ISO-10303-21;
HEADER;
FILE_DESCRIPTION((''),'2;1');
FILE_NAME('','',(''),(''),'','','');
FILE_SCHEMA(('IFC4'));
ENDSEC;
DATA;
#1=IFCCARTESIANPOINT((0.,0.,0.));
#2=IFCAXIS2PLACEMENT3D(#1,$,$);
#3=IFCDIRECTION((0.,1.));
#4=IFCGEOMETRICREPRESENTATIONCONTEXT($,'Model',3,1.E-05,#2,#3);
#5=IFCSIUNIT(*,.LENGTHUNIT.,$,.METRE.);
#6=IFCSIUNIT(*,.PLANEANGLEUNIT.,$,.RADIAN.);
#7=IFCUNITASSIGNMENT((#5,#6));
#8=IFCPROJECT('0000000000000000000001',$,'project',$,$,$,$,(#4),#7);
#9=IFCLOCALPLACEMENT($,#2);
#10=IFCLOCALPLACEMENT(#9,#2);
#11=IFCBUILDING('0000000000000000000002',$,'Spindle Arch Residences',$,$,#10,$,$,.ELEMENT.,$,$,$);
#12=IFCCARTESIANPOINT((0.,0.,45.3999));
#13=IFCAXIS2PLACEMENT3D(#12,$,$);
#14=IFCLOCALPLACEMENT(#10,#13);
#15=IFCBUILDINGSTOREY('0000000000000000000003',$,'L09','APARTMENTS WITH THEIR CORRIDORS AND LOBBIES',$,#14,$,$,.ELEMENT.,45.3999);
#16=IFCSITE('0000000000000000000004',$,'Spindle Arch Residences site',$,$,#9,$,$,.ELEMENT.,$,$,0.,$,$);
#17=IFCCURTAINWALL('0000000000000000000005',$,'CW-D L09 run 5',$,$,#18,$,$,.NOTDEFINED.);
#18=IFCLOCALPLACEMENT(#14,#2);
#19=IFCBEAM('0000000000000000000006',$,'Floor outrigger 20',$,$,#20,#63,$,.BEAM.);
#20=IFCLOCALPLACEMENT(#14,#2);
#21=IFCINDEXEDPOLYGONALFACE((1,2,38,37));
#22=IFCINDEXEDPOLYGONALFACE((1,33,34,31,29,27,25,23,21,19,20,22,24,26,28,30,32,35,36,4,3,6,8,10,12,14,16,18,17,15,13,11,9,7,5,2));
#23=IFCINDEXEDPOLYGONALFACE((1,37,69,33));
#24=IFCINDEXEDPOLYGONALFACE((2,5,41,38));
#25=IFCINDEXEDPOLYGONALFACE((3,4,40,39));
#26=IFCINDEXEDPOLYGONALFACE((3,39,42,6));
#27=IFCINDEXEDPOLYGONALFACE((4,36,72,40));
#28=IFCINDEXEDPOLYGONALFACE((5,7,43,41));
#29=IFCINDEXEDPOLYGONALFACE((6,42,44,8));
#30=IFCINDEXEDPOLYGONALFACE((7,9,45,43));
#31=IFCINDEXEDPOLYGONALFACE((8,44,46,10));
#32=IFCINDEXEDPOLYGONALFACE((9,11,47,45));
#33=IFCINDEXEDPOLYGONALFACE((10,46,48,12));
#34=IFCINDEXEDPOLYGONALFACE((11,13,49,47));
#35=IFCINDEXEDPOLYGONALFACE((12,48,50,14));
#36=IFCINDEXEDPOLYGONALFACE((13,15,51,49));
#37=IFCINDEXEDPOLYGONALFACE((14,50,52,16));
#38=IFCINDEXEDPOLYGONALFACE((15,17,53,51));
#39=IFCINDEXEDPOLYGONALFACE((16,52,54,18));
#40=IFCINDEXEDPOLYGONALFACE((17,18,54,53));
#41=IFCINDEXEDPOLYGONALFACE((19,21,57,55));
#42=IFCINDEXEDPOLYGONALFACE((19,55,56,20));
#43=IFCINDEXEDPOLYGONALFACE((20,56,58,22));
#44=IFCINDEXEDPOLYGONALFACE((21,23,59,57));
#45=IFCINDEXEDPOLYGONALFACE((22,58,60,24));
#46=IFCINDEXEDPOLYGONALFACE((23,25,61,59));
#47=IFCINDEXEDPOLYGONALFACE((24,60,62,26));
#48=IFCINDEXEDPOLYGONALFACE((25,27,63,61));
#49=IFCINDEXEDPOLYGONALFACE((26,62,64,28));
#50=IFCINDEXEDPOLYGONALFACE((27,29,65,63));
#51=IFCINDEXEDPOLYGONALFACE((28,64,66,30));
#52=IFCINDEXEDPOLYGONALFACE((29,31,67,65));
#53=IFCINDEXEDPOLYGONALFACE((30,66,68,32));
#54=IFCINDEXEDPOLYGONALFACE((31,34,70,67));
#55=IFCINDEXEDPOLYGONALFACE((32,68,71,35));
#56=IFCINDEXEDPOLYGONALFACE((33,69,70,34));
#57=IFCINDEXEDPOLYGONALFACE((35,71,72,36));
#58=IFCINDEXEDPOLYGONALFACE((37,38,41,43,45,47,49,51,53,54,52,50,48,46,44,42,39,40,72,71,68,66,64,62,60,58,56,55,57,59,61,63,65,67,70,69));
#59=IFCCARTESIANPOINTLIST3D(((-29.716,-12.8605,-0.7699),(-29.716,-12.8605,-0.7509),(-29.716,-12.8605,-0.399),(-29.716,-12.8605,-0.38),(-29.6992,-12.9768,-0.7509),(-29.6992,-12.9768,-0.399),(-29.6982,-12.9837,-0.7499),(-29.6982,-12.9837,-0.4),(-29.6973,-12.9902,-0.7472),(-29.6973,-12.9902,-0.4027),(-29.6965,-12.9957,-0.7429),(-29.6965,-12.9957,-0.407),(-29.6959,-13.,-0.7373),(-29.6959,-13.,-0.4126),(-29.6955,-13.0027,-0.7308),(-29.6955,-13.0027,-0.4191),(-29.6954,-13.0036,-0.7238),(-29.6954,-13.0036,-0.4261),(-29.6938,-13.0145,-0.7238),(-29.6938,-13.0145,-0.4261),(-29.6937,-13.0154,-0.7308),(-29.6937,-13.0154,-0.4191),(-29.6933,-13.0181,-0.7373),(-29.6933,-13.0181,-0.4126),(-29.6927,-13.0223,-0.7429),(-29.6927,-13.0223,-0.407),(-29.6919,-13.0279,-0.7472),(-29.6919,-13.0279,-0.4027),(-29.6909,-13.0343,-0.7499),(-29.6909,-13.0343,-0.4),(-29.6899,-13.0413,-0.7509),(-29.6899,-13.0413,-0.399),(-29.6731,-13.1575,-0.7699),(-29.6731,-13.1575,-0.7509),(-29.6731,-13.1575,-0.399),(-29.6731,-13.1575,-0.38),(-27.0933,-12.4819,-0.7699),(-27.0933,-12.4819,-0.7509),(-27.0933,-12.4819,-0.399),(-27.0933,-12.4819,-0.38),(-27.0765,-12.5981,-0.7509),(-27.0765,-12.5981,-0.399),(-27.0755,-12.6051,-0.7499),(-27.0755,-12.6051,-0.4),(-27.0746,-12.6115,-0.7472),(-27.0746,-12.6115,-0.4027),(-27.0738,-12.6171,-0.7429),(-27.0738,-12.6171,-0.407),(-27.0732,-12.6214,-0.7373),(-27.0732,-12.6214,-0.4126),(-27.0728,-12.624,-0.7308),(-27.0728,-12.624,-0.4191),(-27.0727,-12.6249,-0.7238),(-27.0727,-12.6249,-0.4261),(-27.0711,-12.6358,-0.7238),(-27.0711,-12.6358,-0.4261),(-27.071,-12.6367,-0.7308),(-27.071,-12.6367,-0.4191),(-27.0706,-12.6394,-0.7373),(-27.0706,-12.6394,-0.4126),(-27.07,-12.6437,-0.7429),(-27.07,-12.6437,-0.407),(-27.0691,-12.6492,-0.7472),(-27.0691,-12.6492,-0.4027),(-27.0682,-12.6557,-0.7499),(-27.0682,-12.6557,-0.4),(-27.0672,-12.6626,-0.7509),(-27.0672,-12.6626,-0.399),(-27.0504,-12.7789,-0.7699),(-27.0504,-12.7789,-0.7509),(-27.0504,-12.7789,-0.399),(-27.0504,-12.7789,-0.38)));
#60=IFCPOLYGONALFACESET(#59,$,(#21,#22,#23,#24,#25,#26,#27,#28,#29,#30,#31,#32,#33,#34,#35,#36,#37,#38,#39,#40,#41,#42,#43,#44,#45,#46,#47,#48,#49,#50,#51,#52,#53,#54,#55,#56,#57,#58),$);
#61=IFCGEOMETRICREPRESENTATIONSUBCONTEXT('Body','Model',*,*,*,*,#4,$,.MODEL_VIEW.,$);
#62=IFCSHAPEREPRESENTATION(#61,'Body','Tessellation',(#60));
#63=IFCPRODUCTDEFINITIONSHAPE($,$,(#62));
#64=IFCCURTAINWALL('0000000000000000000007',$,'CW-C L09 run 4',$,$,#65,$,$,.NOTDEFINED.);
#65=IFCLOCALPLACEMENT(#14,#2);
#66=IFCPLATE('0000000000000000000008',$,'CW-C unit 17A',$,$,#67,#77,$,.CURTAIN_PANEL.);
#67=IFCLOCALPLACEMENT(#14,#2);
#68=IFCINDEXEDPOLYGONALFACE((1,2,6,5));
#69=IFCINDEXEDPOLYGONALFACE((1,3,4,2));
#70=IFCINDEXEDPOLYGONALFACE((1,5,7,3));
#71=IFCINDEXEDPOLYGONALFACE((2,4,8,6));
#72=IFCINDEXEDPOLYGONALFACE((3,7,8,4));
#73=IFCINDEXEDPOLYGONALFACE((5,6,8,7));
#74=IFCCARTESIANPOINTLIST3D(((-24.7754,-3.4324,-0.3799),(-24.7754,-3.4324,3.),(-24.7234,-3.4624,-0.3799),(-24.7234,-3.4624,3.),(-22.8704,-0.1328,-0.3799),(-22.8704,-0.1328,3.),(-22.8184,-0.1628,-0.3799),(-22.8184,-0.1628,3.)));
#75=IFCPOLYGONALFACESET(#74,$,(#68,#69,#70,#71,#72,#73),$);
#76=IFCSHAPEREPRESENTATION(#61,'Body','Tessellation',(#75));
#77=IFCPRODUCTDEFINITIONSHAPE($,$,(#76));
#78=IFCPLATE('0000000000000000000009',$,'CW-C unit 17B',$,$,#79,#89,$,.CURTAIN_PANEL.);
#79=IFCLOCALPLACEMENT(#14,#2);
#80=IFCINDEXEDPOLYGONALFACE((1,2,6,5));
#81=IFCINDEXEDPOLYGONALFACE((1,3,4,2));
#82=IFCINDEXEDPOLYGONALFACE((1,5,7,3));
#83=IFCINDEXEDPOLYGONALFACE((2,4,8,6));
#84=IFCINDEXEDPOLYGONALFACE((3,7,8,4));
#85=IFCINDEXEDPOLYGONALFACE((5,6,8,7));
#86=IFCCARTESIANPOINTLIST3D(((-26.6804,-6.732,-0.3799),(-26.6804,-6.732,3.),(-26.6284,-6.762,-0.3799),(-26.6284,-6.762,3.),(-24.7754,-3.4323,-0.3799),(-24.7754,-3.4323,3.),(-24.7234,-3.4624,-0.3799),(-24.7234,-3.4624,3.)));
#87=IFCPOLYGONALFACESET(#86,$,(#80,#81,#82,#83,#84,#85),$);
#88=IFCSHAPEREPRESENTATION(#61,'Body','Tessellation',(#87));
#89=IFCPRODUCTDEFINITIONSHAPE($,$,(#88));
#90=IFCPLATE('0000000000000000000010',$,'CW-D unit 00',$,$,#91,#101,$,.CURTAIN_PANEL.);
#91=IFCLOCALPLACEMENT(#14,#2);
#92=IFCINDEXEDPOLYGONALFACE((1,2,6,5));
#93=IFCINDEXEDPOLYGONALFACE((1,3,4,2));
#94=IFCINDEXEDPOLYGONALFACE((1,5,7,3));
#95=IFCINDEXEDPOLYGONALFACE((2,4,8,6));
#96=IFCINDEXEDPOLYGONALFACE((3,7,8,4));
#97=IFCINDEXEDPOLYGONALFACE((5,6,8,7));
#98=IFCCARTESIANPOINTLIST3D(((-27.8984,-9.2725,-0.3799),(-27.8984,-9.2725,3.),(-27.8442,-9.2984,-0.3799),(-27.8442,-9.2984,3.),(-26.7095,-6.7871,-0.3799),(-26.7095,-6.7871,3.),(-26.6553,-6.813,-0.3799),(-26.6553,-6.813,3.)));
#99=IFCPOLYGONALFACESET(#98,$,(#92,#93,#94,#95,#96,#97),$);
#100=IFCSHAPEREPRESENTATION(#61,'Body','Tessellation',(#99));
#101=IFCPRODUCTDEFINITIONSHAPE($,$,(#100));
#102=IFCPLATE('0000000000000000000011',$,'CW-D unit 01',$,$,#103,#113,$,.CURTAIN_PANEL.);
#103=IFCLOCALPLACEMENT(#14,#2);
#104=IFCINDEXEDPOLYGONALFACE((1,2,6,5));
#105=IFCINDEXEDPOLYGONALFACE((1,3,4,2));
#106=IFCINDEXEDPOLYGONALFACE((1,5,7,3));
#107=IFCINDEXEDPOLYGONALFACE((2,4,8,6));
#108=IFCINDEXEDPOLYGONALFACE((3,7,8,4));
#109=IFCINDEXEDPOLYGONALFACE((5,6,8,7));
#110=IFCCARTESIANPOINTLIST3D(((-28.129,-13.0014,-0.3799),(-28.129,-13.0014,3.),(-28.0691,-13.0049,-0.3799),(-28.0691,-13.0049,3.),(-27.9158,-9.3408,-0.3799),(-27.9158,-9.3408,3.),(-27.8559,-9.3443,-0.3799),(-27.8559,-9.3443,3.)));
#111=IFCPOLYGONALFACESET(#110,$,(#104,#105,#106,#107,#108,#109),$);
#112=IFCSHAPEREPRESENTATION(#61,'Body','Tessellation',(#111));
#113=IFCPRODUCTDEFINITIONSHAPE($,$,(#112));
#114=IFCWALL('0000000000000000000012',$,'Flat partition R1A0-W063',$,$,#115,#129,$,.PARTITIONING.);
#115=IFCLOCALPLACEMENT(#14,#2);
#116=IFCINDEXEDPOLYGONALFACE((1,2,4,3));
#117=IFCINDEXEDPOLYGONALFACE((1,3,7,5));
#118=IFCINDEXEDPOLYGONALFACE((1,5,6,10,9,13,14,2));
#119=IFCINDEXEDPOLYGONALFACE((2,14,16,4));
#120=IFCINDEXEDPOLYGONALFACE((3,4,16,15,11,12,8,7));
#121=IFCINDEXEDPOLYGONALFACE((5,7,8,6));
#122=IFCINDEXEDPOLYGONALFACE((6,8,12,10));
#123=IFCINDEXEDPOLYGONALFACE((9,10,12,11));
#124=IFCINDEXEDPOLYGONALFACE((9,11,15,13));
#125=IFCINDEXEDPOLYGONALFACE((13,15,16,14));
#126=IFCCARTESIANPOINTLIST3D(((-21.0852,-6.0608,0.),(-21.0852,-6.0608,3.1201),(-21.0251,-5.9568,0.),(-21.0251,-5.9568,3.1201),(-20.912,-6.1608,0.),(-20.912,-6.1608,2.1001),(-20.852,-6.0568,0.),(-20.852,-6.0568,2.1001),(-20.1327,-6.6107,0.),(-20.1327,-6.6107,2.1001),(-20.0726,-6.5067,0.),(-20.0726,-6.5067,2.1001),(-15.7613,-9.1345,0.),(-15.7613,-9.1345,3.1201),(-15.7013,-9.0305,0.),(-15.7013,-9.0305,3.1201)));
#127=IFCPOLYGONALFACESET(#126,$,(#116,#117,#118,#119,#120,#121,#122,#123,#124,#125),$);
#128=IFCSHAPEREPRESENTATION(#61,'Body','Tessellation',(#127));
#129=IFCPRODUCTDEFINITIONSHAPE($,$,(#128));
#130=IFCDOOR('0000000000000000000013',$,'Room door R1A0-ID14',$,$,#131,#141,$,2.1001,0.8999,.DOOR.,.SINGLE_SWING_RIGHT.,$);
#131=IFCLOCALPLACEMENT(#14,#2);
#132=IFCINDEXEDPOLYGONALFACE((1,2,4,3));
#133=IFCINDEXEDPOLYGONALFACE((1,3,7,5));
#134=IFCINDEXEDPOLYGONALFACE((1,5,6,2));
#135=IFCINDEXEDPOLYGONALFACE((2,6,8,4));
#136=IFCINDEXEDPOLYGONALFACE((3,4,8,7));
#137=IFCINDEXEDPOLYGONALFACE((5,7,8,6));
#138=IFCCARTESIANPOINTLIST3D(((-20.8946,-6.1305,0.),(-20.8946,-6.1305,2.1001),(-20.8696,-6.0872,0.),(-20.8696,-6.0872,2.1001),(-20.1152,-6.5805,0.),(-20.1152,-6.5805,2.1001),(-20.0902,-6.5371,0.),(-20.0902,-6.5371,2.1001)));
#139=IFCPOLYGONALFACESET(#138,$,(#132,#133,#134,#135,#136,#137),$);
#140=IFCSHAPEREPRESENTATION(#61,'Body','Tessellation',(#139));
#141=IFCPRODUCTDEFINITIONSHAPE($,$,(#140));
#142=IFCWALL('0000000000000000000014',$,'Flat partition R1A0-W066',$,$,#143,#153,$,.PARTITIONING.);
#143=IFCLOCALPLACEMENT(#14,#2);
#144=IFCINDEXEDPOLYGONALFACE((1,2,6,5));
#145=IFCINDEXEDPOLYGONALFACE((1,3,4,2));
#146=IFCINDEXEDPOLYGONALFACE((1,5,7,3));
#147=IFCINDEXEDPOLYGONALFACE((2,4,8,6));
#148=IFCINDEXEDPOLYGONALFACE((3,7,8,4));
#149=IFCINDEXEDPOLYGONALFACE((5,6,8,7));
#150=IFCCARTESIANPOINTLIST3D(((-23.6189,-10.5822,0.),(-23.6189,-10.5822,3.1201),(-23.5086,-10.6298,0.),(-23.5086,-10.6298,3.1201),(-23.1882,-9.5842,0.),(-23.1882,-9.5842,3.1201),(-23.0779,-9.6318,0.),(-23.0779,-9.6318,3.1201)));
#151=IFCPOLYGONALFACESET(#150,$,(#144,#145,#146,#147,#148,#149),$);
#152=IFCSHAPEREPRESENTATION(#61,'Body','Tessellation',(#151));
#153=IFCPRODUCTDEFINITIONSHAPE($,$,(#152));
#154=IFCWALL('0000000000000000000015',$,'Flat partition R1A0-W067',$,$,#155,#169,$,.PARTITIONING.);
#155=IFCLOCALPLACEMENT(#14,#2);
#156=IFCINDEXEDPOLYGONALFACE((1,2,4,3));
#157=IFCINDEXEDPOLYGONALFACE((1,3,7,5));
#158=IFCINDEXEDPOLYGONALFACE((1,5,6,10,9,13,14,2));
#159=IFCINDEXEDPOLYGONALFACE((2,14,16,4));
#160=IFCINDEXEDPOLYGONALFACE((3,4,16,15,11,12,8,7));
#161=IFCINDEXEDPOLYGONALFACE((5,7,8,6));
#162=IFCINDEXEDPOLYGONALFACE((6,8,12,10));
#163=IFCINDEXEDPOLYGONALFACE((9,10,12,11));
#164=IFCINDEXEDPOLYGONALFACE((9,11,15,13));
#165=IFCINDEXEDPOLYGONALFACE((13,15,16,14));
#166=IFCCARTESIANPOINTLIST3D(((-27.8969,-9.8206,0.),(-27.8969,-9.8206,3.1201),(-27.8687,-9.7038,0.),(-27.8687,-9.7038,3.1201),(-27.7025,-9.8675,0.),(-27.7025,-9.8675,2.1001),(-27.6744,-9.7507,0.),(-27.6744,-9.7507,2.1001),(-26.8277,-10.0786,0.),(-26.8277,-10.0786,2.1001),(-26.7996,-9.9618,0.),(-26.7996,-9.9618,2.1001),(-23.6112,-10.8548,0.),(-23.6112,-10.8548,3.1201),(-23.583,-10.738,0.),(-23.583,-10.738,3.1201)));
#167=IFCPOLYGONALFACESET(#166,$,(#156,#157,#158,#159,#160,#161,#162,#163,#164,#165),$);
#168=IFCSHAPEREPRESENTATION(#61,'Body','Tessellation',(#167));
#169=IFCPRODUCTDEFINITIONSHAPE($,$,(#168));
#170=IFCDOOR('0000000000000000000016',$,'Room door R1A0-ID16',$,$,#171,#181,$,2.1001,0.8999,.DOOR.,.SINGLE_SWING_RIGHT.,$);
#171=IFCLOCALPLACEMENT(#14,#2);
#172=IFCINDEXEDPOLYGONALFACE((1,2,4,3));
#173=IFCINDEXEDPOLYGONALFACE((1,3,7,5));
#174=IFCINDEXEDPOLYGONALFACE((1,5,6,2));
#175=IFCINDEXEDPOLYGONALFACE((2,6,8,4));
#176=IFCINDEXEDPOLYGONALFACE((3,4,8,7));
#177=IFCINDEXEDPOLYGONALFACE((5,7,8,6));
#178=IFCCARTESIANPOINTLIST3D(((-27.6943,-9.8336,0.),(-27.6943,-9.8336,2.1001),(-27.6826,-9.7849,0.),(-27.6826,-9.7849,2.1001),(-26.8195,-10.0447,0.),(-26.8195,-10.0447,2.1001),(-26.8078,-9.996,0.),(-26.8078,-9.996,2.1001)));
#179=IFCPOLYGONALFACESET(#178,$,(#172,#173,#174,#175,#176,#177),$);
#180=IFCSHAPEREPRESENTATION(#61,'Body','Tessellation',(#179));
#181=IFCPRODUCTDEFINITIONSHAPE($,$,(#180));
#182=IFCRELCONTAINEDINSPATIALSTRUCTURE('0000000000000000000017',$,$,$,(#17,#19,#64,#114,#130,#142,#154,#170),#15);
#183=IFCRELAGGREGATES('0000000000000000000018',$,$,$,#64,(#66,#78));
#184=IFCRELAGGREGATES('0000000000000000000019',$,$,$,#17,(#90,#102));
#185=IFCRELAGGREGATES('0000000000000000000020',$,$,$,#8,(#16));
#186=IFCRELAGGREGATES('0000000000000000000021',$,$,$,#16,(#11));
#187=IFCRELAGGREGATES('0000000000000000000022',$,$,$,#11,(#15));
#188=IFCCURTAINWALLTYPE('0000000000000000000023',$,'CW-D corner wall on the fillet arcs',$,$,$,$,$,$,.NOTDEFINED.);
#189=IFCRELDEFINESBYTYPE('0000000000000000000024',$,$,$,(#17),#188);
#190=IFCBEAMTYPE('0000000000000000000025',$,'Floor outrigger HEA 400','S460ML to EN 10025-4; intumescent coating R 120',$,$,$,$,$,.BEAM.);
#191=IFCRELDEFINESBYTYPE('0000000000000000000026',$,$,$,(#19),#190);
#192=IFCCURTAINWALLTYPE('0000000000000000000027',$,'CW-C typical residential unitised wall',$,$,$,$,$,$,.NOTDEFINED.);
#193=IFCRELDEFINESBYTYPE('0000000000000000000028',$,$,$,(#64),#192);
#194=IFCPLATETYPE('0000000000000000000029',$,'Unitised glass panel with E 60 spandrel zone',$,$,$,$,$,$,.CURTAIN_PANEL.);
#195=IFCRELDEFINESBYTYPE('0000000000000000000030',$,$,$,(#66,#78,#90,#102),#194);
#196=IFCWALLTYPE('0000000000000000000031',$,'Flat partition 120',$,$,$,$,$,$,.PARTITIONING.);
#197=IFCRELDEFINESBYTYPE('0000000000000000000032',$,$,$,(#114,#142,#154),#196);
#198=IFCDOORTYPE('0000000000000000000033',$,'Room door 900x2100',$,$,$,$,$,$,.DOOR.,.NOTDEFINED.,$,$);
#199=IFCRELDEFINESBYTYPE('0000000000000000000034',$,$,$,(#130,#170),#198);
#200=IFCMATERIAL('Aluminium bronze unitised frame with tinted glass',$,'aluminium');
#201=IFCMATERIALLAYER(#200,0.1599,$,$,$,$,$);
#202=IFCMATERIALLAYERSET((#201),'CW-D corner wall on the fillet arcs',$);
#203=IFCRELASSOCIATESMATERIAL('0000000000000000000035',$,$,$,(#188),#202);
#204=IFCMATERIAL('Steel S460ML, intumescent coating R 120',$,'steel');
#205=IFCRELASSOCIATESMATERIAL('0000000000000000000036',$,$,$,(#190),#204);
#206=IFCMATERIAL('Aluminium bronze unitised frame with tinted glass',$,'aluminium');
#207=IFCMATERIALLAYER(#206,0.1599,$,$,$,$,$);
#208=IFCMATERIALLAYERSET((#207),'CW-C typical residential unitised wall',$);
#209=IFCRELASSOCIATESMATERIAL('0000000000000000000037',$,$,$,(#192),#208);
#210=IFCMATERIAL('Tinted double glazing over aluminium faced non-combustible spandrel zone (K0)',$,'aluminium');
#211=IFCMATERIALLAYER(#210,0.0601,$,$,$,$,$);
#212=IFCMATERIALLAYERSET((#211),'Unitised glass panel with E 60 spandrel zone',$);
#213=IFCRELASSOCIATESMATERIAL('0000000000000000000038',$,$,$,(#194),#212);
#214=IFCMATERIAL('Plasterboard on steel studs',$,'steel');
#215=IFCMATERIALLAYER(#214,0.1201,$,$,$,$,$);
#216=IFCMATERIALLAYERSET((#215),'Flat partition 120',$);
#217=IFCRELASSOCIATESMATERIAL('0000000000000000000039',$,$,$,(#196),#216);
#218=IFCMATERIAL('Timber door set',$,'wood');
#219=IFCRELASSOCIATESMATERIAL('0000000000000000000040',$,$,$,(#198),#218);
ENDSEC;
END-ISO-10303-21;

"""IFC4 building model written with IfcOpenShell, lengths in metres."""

from ifc_helpers import new_model, si_unit, direction, frame, frame_2d, origin, origin_2d, place, context, subcontext, project, spatial, rectangle, i_section, extrude, material, layer, layer_set, material_profile, profile_set, type_object, element, fill, aggregate, save


model = new_model("IFC4")

# Units and contexts
model_context = context("Model", 3, precision=1e-05, world=origin(), true_north=direction((0.0, 1.0)))
body_context = subcontext(model_context, "Body", "Model", "MODEL_VIEW")
ifc_project = project(units=[si_unit("LENGTHUNIT", "METRE"), si_unit("PLANEANGLEUNIT", "RADIAN")], contexts=[model_context])

# Site, building, storey
site_placement = place(None, origin())
site = spatial("IfcSite", under=ifc_project, at=site_placement, Name="Spindle Arch Residences site", CompositionType="ELEMENT", RefElevation=0.0)
building_placement = place(site_placement, origin())
building = spatial("IfcBuilding", under=site, at=building_placement, Name="Spindle Arch Residences", CompositionType="ELEMENT")
storey_placement = place(building_placement, frame((0.0, 0.0, 45.3999)))
storey = spatial("IfcBuildingStorey", under=building, at=storey_placement, Name="L09", Description="APARTMENTS WITH THEIR CORRIDORS AND LOBBIES", CompositionType="ELEMENT", Elevation=45.3999)

# Curtain wall
ifc_material_1 = material(Name="Aluminium bronze unitised frame with tinted glass", Category="aluminium")
ifc_layer_1 = layer(ifc_material_1, 0.1599)
ifc_layer_set_1 = layer_set([ifc_layer_1], Name="CW-D corner wall on the fillet arcs")
curtain_wall_type_1 = type_object("IfcCurtainWallType", Name="CW-D corner wall on the fillet arcs", PredefinedType="NOTDEFINED", material=ifc_layer_set_1)
curtain_wall_1_placement = place(storey_placement, origin())
curtain_wall_1 = element("IfcCurtainWall", 1, at=curtain_wall_1_placement, inside=storey, type_object=curtain_wall_type_1, Name="CW-D L09 run 5", PredefinedType="NOTDEFINED")

# Beam
ifc_material_2 = material(Name="Steel S460ML, intumescent coating R 120", Category="steel")
ifc_material_profile_1 = material_profile(ifc_material_2, i_section(OverallWidth=0.3, OverallDepth=0.3899, WebThickness=0.011, FlangeThickness=0.019, FilletRadius=0.0271, at=origin_2d()), Name="HEA 400")
ifc_profile_set_1 = profile_set([ifc_material_profile_1], Name="Steel S460ML, intumescent coating R 120")
beam_type_1 = type_object("IfcBeamType", Name="Floor outrigger HEA 400", Description="S460ML to EN 10025-4; intumescent coating R 120", PredefinedType="BEAM", material=ifc_profile_set_1)
beam_1_placement = place(storey_placement, frame((-29.6946, -13.009, -0.575), z_axis=(0.989738, 0.142892, 0.0), x_axis=(-0.142892, 0.989738, 0.0)))
element("IfcBeam", 2, at=beam_1_placement, inside=storey, type_object=beam_type_1, Name="Floor outrigger 20", PredefinedType="BEAM", context=body_context, shape_type="SweptSolid", body=[
    extrude(i_section(OverallWidth=0.3, OverallDepth=0.3899, WebThickness=0.011, FlangeThickness=0.019, FilletRadius=0.0271, at=origin_2d()), origin(), (0.0, 0.0, 1.0), 2.6499),
])

# Curtain wall, plates
ifc_material_3 = material(Name="Aluminium bronze unitised frame with tinted glass", Category="aluminium")
ifc_layer_2 = layer(ifc_material_3, 0.1599)
ifc_layer_set_2 = layer_set([ifc_layer_2], Name="CW-C typical residential unitised wall")
curtain_wall_type_2 = type_object("IfcCurtainWallType", Name="CW-C typical residential unitised wall", PredefinedType="NOTDEFINED", material=ifc_layer_set_2)
curtain_wall_2_placement = place(storey_placement, origin())
curtain_wall_2 = element("IfcCurtainWall", 3, at=curtain_wall_2_placement, inside=storey, type_object=curtain_wall_type_2, Name="CW-C L09 run 4", PredefinedType="NOTDEFINED")
ifc_material_4 = material(Name="Tinted double glazing over aluminium faced non-combustible spandrel zone (K0)", Category="aluminium")
ifc_layer_3 = layer(ifc_material_4, 0.0601)
ifc_layer_set_3 = layer_set([ifc_layer_3], Name="Unitised glass panel with E 60 spandrel zone")
plate_type = type_object("IfcPlateType", Name="Unitised glass panel with E 60 spandrel zone", PredefinedType="CURTAIN_PANEL", material=ifc_layer_set_3)
plate_1_placement = place(storey_placement, frame((-23.7969, -1.7976, -0.3799), z_axis=(0.0, 0.0, 1.0), x_axis=(-0.5, -0.866025, 0.0)))
plate_1 = element("IfcPlate", 4, at=plate_1_placement, type_object=plate_type, Name="CW-C unit 17A", PredefinedType="CURTAIN_PANEL", context=body_context, shape_type="SweptSolid", body=[
    extrude(rectangle(XDim=3.8101, YDim=0.0601, at=origin_2d()), origin(), (0.0, 0.0, 1.0), 3.3799),
])
plate_2_placement = place(storey_placement, frame((-25.7019, -5.0972, -0.3799), z_axis=(0.0, 0.0, 1.0), x_axis=(-0.5, -0.866025, 0.0)))
plate_2 = element("IfcPlate", 5, at=plate_2_placement, type_object=plate_type, Name="CW-C unit 17B", PredefinedType="CURTAIN_PANEL", context=body_context, shape_type="SweptSolid", body=[
    extrude(rectangle(XDim=3.8101, YDim=0.0601, at=origin_2d()), origin(), (0.0, 0.0, 1.0), 3.3799),
])
aggregate(curtain_wall_2, [plate_1, plate_2])

# Plates
plate_3_placement = place(storey_placement, frame((-27.2769, -8.0427, -0.3799), z_axis=(0.0, 0.0, 1.0), x_axis=(-0.431502, -0.902112, 0.0)))
plate_3 = element("IfcPlate", 6, at=plate_3_placement, type_object=plate_type, Name="CW-D unit 00", PredefinedType="CURTAIN_PANEL", context=body_context, shape_type="SweptSolid", body=[
    extrude(rectangle(XDim=2.7551, YDim=0.0601, at=origin_2d()), origin(), (0.0, 0.0, 1.0), 3.3799),
])
plate_4_placement = place(storey_placement, frame((-27.9924, -11.1729, -0.3799), z_axis=(0.0, 0.0, 1.0), x_axis=(-0.058145, -0.998308, 0.0)))
plate_4 = element("IfcPlate", 7, at=plate_4_placement, type_object=plate_type, Name="CW-D unit 01", PredefinedType="CURTAIN_PANEL", context=body_context, shape_type="SweptSolid", body=[
    extrude(rectangle(XDim=3.6667, YDim=0.0601, at=origin_2d()), origin(), (0.0, 0.0, 1.0), 3.3799),
])
aggregate(curtain_wall_1, [plate_3, plate_4])

# Wall, opening, door
ifc_material_5 = material(Name="Plasterboard on steel studs", Category="steel")
ifc_layer_4 = layer(ifc_material_5, 0.1201)
ifc_layer_set_4 = layer_set([ifc_layer_4], Name="Flat partition 120")
wall_type_1 = type_object("IfcWallType", Name="Flat partition 120", PredefinedType="PARTITIONING", material=ifc_layer_set_4)
wall_1_placement = place(storey_placement, frame((-21.0552, -6.0088, 0.0), z_axis=(0.0, 0.0, 1.0), x_axis=(0.86603, -0.499992, 0.0)))
wall_1 = element("IfcWall", 8, at=wall_1_placement, inside=storey, type_object=wall_type_1, Name="Flat partition R1A0-W063", PredefinedType="PARTITIONING", context=body_context, shape_type="SweptSolid", body=[
    extrude(rectangle(XDim=6.1475, YDim=0.1201, at=frame_2d((3.0737, 0.0))), origin(), (0.0, 0.0, 1.0), 3.1201),
])
opening_1_placement = place(wall_1_placement, frame((0.2, 0.0, 0.0)))
opening_1 = element("IfcOpeningElement", 9, at=opening_1_placement, cuts=wall_1, PredefinedType="OPENING", context=body_context, shape_type="SweptSolid", body=[
    extrude(rectangle(XDim=0.8999, YDim=2.1001, at=frame_2d((0.45, 1.05))), frame((0.0, 0.0701, 0.0), z_axis=(0.0, -1.0, 0.0), x_axis=(1.0, 0.0, 0.0)), (0.0, 0.0, 1.0), 0.1401),
])
ifc_material_6 = material(Name="Timber door set", Category="wood")
door_type = type_object("IfcDoorType", Name="Room door 900x2100", OperationType="NOTDEFINED", PredefinedType="DOOR", material=ifc_material_6)
door_1_placement = place(opening_1_placement, origin())
door_1 = element("IfcDoor", 10, at=door_1_placement, inside=storey, type_object=door_type, Name="Room door R1A0-ID14", OperationType="SINGLE_SWING_RIGHT", OverallHeight=2.1001, OverallWidth=0.8999, PredefinedType="DOOR", context=body_context, shape_type="SweptSolid", body=[
    extrude(rectangle(XDim=0.8999, YDim=2.1001, at=frame_2d((0.45, 1.05))), frame((0.0, 0.0249, 0.0), z_axis=(0.0, -1.0, 0.0), x_axis=(1.0, 0.0, 0.0)), (0.0, 0.0, 1.0), 0.05),
])
fill(opening_1, door_1)

# Wall
wall_2_placement = place(storey_placement, frame((-23.5637, -10.606, 0.0), z_axis=(0.0, 0.0, 1.0), x_axis=(0.396195, 0.918166, 0.0)))
element("IfcWall", 11, at=wall_2_placement, inside=storey, type_object=wall_type_1, Name="Flat partition R1A0-W066", PredefinedType="PARTITIONING", context=body_context, shape_type="SweptSolid", body=[
    extrude(rectangle(XDim=1.0869, YDim=0.1201, at=frame_2d((0.5435, 0.0))), origin(), (0.0, 0.0, 1.0), 3.1201),
])

# Wall, opening, door
wall_3_placement = place(storey_placement, frame((-27.8828, -9.7622, 0.0), z_axis=(0.0, 0.0, 1.0), x_axis=(0.972097, -0.234579, 0.0)))
wall_3 = element("IfcWall", 12, at=wall_3_placement, inside=storey, type_object=wall_type_1, Name="Flat partition R1A0-W067", PredefinedType="PARTITIONING", context=body_context, shape_type="SweptSolid", body=[
    extrude(rectangle(XDim=4.4087, YDim=0.1201, at=frame_2d((2.2043, 0.0))), origin(), (0.0, 0.0, 1.0), 3.1201),
])
opening_2_placement = place(wall_3_placement, frame((0.2, 0.0, 0.0)))
opening_2 = element("IfcOpeningElement", 13, at=opening_2_placement, cuts=wall_3, PredefinedType="OPENING", context=body_context, shape_type="SweptSolid", body=[
    extrude(rectangle(XDim=0.8999, YDim=2.1001, at=frame_2d((0.45, 1.05))), frame((0.0, 0.0701, 0.0), z_axis=(0.0, -1.0, 0.0), x_axis=(1.0, 0.0, 0.0)), (0.0, 0.0, 1.0), 0.1401),
])
door_2_placement = place(opening_2_placement, origin())
door_2 = element("IfcDoor", 14, at=door_2_placement, inside=storey, type_object=door_type, Name="Room door R1A0-ID16", OperationType="SINGLE_SWING_RIGHT", OverallHeight=2.1001, OverallWidth=0.8999, PredefinedType="DOOR", context=body_context, shape_type="SweptSolid", body=[
    extrude(rectangle(XDim=0.8999, YDim=2.1001, at=frame_2d((0.45, 1.05))), frame((0.0, 0.0249, 0.0), z_axis=(0.0, -1.0, 0.0), x_axis=(1.0, 0.0, 0.0)), (0.0, 0.0, 1.0), 0.05),
])
fill(opening_2, door_2)

save(model, "model.ifc")
